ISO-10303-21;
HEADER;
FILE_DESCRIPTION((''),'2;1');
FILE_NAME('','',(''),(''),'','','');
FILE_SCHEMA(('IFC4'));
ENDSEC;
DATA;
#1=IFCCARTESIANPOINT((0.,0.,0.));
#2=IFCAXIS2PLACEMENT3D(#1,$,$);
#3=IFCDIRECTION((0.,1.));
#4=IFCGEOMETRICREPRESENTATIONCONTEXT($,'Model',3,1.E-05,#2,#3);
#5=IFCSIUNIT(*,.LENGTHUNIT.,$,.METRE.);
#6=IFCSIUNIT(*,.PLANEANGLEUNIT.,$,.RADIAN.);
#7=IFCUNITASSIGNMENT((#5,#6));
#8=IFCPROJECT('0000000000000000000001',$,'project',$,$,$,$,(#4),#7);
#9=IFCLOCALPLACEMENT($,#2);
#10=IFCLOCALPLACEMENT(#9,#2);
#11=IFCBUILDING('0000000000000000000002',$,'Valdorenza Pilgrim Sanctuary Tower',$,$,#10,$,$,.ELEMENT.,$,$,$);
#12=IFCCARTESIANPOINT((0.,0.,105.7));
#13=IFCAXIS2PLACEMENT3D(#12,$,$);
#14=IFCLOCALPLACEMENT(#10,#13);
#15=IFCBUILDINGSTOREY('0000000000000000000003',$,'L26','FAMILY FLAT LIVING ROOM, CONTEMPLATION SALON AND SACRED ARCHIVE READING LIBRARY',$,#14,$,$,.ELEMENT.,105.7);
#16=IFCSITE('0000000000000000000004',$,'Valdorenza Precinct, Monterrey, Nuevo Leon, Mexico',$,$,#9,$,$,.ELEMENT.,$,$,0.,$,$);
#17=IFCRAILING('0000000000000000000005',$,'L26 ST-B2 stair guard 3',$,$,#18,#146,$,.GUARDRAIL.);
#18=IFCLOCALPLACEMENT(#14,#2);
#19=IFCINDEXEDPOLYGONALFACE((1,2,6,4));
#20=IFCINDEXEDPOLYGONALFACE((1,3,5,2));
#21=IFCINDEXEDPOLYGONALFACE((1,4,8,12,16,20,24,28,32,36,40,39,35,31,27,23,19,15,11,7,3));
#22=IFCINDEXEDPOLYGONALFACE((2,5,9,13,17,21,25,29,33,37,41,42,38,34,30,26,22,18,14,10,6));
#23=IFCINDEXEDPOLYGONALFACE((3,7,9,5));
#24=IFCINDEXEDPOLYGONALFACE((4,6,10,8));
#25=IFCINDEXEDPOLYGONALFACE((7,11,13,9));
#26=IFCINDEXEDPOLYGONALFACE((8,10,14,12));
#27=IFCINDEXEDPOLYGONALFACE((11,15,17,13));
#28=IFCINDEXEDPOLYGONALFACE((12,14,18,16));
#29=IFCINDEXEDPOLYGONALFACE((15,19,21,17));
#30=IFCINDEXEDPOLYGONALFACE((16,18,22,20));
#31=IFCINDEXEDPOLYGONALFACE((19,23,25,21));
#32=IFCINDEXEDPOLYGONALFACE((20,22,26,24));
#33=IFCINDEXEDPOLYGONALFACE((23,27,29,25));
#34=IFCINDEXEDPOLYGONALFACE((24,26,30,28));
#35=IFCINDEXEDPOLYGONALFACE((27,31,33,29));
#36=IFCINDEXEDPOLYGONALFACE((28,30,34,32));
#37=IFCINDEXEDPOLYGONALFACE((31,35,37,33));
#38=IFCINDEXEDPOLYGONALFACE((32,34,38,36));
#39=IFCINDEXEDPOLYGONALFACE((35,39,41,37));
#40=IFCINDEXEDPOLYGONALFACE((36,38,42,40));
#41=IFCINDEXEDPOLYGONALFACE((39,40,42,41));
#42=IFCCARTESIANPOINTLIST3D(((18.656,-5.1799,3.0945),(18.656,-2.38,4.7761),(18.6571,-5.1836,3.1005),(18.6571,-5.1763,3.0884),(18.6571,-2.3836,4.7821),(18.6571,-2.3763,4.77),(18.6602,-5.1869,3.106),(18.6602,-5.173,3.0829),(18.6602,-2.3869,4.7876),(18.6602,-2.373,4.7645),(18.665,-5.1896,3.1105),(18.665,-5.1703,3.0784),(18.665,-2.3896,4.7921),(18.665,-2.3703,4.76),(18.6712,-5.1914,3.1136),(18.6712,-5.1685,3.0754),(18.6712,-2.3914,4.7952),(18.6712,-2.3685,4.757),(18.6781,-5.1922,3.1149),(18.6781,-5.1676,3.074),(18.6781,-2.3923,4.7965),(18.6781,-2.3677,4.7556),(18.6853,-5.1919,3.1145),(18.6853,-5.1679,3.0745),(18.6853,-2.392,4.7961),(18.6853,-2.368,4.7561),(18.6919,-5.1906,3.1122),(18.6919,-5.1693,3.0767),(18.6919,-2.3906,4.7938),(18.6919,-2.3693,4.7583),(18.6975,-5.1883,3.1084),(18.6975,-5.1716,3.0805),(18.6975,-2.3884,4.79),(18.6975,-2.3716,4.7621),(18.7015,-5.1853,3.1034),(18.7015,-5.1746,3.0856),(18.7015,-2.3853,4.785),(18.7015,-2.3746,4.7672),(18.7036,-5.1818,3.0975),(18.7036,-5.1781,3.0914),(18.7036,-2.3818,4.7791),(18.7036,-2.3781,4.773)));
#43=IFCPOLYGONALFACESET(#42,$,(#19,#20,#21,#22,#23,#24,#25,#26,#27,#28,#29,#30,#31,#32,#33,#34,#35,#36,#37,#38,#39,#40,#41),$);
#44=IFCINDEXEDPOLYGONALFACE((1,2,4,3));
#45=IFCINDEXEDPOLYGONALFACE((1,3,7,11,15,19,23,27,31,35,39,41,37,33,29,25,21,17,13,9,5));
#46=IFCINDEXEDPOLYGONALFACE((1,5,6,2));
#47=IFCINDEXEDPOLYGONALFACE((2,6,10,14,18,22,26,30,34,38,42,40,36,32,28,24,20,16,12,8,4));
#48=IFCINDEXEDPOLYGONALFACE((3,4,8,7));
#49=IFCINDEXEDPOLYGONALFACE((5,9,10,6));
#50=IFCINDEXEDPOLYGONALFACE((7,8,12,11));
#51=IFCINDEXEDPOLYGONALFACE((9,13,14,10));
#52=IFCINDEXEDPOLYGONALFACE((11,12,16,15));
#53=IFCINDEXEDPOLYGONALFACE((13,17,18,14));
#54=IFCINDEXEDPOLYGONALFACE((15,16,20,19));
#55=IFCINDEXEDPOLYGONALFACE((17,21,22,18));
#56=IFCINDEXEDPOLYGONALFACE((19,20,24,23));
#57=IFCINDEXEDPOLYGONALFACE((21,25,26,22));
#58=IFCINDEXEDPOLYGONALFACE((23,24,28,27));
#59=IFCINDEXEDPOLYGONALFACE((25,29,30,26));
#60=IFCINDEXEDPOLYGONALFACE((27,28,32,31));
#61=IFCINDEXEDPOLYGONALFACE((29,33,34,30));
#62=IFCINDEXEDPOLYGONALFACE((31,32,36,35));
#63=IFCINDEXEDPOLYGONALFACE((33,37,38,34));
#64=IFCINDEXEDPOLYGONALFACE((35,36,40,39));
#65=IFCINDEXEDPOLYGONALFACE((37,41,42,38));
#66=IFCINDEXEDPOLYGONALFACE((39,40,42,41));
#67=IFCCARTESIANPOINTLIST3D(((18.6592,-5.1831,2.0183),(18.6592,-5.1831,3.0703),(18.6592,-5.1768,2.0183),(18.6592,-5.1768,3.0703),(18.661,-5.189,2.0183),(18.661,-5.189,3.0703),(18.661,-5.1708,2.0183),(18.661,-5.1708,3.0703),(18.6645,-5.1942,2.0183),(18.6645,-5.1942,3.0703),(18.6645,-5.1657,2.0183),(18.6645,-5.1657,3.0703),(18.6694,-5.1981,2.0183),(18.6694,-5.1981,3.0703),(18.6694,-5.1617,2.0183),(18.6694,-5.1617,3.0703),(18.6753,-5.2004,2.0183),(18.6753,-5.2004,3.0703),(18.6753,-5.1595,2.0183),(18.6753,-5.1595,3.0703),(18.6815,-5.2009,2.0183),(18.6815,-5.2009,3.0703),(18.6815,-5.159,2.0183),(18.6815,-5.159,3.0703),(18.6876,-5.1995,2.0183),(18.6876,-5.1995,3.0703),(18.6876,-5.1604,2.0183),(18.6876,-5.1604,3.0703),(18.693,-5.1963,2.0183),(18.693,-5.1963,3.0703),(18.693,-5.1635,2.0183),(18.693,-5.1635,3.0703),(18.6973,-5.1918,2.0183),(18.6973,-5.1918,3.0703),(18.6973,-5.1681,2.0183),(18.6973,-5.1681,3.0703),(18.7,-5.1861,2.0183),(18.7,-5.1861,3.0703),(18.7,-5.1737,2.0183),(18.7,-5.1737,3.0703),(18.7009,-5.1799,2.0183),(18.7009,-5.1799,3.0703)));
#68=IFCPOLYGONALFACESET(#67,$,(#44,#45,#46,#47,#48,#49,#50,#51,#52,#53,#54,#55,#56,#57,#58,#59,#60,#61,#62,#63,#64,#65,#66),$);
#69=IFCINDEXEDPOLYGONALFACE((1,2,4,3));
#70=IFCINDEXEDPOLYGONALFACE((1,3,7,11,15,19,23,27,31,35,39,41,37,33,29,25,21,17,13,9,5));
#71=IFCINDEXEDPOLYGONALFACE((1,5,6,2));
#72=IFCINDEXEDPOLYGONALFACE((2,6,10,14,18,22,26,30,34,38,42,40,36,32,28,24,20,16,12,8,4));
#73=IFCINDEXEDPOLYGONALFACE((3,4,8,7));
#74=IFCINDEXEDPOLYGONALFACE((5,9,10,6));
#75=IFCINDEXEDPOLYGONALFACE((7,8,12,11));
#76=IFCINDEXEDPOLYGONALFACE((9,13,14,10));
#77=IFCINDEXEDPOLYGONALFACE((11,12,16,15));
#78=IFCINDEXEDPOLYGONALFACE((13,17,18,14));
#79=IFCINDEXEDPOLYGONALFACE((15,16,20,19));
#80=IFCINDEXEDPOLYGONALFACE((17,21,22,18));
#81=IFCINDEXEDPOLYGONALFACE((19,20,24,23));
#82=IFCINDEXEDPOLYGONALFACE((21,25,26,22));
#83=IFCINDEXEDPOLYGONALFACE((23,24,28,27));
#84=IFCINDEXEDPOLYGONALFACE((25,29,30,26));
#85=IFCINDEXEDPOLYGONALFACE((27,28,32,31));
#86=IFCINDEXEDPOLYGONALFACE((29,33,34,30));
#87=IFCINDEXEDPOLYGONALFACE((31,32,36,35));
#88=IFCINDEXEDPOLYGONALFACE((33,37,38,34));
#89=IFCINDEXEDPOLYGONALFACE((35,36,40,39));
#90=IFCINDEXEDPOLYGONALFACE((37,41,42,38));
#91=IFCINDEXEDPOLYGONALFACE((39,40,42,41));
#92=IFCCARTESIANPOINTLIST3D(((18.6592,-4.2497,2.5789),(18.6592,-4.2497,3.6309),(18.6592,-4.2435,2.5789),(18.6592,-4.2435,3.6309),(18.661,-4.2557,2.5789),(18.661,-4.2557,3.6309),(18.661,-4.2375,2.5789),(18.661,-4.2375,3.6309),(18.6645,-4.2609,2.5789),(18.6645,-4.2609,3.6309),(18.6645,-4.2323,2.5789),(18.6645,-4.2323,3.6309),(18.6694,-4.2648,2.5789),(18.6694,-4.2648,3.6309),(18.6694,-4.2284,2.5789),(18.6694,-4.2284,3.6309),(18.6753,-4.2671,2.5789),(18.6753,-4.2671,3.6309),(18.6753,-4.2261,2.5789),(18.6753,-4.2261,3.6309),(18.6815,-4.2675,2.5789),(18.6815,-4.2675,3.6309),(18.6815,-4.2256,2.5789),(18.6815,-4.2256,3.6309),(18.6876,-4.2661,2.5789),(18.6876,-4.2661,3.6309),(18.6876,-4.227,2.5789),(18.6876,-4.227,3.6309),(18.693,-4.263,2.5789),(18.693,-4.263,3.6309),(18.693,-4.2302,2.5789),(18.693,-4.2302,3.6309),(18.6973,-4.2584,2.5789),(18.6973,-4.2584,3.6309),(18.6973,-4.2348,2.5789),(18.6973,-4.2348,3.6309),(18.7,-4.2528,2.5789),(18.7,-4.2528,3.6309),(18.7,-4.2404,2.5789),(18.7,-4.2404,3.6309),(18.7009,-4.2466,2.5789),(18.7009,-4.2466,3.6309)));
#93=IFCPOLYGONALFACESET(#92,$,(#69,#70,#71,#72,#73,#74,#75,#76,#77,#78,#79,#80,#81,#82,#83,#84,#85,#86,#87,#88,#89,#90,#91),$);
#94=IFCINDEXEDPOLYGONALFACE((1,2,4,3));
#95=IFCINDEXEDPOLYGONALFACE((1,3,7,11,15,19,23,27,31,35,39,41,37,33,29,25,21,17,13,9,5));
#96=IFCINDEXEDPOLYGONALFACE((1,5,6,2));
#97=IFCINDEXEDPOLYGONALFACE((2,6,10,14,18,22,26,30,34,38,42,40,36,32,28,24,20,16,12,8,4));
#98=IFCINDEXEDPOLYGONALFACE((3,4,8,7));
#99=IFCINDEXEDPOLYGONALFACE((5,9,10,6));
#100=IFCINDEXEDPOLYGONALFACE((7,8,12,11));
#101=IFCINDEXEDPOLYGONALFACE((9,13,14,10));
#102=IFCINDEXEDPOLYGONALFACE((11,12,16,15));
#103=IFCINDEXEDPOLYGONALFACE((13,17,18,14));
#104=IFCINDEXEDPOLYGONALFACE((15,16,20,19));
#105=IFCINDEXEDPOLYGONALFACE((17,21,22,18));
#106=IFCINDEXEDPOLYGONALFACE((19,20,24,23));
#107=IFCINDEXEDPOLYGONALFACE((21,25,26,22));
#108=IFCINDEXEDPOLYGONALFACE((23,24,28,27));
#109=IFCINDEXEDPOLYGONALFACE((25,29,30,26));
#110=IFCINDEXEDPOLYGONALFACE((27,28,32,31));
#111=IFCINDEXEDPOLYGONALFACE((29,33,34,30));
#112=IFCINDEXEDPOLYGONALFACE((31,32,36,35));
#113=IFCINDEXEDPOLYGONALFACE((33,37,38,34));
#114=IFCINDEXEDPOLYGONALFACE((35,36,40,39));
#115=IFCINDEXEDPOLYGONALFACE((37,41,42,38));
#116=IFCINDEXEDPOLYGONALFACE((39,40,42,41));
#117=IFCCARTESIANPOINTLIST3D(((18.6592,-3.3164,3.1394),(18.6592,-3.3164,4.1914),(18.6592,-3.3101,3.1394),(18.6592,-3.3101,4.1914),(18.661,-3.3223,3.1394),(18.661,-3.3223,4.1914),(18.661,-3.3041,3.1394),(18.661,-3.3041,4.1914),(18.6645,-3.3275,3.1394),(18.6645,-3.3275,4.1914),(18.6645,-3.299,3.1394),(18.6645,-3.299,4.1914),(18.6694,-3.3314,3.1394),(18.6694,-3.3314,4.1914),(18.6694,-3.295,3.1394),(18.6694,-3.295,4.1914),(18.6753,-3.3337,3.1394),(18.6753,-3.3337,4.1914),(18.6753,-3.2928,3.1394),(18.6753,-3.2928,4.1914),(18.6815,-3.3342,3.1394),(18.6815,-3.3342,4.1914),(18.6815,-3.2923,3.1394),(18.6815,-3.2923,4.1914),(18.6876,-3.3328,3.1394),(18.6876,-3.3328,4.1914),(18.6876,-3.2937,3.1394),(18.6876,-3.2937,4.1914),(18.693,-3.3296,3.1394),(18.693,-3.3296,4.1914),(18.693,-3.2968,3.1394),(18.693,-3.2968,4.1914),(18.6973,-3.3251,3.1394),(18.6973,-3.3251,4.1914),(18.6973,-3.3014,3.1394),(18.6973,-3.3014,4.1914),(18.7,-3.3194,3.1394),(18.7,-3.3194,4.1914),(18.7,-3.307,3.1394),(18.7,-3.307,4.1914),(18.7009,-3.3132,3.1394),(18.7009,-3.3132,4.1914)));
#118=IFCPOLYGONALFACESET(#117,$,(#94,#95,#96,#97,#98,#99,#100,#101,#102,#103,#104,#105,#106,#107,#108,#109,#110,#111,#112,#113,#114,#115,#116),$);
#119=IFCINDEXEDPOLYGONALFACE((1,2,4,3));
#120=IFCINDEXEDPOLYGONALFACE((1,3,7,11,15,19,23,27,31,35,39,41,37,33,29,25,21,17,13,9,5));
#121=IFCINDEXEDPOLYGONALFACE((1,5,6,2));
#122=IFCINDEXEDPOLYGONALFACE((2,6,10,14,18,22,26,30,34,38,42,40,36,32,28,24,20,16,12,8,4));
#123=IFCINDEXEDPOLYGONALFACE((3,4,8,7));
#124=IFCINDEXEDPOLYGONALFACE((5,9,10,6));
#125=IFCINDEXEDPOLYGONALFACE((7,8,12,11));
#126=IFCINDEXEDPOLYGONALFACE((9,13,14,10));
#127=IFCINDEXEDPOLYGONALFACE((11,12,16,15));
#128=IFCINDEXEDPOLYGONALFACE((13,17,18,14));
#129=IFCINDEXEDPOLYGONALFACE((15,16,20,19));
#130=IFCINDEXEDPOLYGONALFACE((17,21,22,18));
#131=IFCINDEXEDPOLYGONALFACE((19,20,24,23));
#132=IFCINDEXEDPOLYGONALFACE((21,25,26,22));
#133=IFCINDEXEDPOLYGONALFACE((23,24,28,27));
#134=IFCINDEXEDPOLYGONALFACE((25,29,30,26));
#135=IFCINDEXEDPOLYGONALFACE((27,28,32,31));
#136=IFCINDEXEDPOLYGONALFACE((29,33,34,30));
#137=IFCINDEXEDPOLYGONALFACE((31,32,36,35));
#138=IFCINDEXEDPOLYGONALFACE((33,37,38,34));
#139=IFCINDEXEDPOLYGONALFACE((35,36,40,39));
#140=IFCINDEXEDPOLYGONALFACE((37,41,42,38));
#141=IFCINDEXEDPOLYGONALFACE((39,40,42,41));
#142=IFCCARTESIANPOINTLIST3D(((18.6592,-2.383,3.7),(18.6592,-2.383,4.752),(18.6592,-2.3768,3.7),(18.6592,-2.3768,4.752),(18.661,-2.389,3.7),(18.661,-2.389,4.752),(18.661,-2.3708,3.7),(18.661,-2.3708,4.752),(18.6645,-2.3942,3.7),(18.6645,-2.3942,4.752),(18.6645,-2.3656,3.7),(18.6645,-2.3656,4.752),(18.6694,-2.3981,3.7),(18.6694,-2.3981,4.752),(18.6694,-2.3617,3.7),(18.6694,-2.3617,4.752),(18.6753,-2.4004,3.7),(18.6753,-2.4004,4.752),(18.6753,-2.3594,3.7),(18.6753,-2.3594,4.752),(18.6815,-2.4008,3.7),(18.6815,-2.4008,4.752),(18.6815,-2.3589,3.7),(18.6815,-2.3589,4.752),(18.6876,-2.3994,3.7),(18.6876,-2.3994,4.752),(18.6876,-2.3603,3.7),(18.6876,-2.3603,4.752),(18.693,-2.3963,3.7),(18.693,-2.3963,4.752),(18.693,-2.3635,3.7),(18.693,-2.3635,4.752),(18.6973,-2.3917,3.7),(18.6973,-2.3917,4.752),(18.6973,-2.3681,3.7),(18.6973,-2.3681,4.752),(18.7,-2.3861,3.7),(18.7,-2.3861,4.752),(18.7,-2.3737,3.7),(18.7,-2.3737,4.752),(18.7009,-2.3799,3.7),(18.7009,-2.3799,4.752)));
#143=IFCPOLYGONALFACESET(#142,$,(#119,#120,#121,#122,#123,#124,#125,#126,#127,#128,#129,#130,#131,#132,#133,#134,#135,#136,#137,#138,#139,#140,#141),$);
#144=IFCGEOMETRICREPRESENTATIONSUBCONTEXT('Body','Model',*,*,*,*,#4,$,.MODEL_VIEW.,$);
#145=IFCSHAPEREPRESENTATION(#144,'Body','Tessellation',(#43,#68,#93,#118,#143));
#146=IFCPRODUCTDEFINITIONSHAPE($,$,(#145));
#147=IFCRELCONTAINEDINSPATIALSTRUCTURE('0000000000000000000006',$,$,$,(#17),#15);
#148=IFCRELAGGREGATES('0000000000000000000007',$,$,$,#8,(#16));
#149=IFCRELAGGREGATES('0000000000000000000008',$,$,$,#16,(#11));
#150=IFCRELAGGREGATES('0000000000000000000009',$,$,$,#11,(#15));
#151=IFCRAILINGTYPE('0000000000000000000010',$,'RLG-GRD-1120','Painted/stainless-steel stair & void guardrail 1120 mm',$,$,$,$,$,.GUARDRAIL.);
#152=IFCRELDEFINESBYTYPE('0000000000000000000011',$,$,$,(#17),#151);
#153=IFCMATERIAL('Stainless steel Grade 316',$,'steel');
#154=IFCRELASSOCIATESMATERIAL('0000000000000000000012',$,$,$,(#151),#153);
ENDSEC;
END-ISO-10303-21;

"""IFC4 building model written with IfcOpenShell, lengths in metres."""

from ifc_helpers import new_model, si_unit, direction, frame, origin, origin_2d, place, context, subcontext, project, spatial, circle, extrude, material, type_object, element, save


model = new_model("IFC4")

# Units and contexts
model_context = context("Model", 3, precision=1e-05, world=origin(), true_north=direction((0.0, 1.0)))
body_context = subcontext(model_context, "Body", "Model", "MODEL_VIEW")
ifc_project = project(units=[si_unit("LENGTHUNIT", "METRE"), si_unit("PLANEANGLEUNIT", "RADIAN")], contexts=[model_context])

# Site, building, storey
site_placement = place(None, origin())
site = spatial("IfcSite", under=ifc_project, at=site_placement, Name="Valdorenza Precinct, Monterrey, Nuevo Leon, Mexico", CompositionType="ELEMENT", RefElevation=0.0)
building_placement = place(site_placement, origin())
building = spatial("IfcBuilding", under=site, at=building_placement, Name="Valdorenza Pilgrim Sanctuary Tower", CompositionType="ELEMENT")
storey_placement = place(building_placement, frame((0.0, 0.0, 105.7)))
storey = spatial("IfcBuildingStorey", under=building, at=storey_placement, Name="L26", Description="FAMILY FLAT LIVING ROOM, CONTEMPLATION SALON AND SACRED ARCHIVE READING LIBRARY", CompositionType="ELEMENT", Elevation=105.7)

# Railing
ifc_material_1 = material(Name="Stainless steel Grade 316", Category="steel")
railing_type_1 = type_object("IfcRailingType", Name="RLG-GRD-1120", Description="Painted/stainless-steel stair & void guardrail 1120 mm", PredefinedType="GUARDRAIL", material=ifc_material_1)
railing_1_placement = place(storey_placement, frame((18.6799, -5.1799, 2.0183)))
element("IfcRailing", 1, at=railing_1_placement, inside=storey, type_object=railing_type_1, Name="L26 ST-B2 stair guard 3", PredefinedType="GUARDRAIL", context=body_context, shape_type="SweptSolid", body=[
    extrude(circle(Radius=0.0239, at=origin_2d()), frame((0.0, 0.0, 1.0762), z_axis=(0.0, 0.857275, 0.514858), x_axis=(-1.0, 0.0, 0.0)), (0.0, 0.0, 1.0), 3.2661),
    extrude(circle(Radius=0.021, at=origin_2d()), origin(), (0.0, 0.0, 1.0), 1.052),
    extrude(circle(Radius=0.021, at=origin_2d()), frame((0.0, 0.9333, 0.5605)), (0.0, 0.0, 1.0), 1.052),
    extrude(circle(Radius=0.021, at=origin_2d()), frame((0.0, 1.8667, 1.1211)), (0.0, 0.0, 1.0), 1.052),
    extrude(circle(Radius=0.021, at=origin_2d()), frame((0.0, 2.8, 1.6816)), (0.0, 0.0, 1.0), 1.052),
])

save(model, "model.ifc")
